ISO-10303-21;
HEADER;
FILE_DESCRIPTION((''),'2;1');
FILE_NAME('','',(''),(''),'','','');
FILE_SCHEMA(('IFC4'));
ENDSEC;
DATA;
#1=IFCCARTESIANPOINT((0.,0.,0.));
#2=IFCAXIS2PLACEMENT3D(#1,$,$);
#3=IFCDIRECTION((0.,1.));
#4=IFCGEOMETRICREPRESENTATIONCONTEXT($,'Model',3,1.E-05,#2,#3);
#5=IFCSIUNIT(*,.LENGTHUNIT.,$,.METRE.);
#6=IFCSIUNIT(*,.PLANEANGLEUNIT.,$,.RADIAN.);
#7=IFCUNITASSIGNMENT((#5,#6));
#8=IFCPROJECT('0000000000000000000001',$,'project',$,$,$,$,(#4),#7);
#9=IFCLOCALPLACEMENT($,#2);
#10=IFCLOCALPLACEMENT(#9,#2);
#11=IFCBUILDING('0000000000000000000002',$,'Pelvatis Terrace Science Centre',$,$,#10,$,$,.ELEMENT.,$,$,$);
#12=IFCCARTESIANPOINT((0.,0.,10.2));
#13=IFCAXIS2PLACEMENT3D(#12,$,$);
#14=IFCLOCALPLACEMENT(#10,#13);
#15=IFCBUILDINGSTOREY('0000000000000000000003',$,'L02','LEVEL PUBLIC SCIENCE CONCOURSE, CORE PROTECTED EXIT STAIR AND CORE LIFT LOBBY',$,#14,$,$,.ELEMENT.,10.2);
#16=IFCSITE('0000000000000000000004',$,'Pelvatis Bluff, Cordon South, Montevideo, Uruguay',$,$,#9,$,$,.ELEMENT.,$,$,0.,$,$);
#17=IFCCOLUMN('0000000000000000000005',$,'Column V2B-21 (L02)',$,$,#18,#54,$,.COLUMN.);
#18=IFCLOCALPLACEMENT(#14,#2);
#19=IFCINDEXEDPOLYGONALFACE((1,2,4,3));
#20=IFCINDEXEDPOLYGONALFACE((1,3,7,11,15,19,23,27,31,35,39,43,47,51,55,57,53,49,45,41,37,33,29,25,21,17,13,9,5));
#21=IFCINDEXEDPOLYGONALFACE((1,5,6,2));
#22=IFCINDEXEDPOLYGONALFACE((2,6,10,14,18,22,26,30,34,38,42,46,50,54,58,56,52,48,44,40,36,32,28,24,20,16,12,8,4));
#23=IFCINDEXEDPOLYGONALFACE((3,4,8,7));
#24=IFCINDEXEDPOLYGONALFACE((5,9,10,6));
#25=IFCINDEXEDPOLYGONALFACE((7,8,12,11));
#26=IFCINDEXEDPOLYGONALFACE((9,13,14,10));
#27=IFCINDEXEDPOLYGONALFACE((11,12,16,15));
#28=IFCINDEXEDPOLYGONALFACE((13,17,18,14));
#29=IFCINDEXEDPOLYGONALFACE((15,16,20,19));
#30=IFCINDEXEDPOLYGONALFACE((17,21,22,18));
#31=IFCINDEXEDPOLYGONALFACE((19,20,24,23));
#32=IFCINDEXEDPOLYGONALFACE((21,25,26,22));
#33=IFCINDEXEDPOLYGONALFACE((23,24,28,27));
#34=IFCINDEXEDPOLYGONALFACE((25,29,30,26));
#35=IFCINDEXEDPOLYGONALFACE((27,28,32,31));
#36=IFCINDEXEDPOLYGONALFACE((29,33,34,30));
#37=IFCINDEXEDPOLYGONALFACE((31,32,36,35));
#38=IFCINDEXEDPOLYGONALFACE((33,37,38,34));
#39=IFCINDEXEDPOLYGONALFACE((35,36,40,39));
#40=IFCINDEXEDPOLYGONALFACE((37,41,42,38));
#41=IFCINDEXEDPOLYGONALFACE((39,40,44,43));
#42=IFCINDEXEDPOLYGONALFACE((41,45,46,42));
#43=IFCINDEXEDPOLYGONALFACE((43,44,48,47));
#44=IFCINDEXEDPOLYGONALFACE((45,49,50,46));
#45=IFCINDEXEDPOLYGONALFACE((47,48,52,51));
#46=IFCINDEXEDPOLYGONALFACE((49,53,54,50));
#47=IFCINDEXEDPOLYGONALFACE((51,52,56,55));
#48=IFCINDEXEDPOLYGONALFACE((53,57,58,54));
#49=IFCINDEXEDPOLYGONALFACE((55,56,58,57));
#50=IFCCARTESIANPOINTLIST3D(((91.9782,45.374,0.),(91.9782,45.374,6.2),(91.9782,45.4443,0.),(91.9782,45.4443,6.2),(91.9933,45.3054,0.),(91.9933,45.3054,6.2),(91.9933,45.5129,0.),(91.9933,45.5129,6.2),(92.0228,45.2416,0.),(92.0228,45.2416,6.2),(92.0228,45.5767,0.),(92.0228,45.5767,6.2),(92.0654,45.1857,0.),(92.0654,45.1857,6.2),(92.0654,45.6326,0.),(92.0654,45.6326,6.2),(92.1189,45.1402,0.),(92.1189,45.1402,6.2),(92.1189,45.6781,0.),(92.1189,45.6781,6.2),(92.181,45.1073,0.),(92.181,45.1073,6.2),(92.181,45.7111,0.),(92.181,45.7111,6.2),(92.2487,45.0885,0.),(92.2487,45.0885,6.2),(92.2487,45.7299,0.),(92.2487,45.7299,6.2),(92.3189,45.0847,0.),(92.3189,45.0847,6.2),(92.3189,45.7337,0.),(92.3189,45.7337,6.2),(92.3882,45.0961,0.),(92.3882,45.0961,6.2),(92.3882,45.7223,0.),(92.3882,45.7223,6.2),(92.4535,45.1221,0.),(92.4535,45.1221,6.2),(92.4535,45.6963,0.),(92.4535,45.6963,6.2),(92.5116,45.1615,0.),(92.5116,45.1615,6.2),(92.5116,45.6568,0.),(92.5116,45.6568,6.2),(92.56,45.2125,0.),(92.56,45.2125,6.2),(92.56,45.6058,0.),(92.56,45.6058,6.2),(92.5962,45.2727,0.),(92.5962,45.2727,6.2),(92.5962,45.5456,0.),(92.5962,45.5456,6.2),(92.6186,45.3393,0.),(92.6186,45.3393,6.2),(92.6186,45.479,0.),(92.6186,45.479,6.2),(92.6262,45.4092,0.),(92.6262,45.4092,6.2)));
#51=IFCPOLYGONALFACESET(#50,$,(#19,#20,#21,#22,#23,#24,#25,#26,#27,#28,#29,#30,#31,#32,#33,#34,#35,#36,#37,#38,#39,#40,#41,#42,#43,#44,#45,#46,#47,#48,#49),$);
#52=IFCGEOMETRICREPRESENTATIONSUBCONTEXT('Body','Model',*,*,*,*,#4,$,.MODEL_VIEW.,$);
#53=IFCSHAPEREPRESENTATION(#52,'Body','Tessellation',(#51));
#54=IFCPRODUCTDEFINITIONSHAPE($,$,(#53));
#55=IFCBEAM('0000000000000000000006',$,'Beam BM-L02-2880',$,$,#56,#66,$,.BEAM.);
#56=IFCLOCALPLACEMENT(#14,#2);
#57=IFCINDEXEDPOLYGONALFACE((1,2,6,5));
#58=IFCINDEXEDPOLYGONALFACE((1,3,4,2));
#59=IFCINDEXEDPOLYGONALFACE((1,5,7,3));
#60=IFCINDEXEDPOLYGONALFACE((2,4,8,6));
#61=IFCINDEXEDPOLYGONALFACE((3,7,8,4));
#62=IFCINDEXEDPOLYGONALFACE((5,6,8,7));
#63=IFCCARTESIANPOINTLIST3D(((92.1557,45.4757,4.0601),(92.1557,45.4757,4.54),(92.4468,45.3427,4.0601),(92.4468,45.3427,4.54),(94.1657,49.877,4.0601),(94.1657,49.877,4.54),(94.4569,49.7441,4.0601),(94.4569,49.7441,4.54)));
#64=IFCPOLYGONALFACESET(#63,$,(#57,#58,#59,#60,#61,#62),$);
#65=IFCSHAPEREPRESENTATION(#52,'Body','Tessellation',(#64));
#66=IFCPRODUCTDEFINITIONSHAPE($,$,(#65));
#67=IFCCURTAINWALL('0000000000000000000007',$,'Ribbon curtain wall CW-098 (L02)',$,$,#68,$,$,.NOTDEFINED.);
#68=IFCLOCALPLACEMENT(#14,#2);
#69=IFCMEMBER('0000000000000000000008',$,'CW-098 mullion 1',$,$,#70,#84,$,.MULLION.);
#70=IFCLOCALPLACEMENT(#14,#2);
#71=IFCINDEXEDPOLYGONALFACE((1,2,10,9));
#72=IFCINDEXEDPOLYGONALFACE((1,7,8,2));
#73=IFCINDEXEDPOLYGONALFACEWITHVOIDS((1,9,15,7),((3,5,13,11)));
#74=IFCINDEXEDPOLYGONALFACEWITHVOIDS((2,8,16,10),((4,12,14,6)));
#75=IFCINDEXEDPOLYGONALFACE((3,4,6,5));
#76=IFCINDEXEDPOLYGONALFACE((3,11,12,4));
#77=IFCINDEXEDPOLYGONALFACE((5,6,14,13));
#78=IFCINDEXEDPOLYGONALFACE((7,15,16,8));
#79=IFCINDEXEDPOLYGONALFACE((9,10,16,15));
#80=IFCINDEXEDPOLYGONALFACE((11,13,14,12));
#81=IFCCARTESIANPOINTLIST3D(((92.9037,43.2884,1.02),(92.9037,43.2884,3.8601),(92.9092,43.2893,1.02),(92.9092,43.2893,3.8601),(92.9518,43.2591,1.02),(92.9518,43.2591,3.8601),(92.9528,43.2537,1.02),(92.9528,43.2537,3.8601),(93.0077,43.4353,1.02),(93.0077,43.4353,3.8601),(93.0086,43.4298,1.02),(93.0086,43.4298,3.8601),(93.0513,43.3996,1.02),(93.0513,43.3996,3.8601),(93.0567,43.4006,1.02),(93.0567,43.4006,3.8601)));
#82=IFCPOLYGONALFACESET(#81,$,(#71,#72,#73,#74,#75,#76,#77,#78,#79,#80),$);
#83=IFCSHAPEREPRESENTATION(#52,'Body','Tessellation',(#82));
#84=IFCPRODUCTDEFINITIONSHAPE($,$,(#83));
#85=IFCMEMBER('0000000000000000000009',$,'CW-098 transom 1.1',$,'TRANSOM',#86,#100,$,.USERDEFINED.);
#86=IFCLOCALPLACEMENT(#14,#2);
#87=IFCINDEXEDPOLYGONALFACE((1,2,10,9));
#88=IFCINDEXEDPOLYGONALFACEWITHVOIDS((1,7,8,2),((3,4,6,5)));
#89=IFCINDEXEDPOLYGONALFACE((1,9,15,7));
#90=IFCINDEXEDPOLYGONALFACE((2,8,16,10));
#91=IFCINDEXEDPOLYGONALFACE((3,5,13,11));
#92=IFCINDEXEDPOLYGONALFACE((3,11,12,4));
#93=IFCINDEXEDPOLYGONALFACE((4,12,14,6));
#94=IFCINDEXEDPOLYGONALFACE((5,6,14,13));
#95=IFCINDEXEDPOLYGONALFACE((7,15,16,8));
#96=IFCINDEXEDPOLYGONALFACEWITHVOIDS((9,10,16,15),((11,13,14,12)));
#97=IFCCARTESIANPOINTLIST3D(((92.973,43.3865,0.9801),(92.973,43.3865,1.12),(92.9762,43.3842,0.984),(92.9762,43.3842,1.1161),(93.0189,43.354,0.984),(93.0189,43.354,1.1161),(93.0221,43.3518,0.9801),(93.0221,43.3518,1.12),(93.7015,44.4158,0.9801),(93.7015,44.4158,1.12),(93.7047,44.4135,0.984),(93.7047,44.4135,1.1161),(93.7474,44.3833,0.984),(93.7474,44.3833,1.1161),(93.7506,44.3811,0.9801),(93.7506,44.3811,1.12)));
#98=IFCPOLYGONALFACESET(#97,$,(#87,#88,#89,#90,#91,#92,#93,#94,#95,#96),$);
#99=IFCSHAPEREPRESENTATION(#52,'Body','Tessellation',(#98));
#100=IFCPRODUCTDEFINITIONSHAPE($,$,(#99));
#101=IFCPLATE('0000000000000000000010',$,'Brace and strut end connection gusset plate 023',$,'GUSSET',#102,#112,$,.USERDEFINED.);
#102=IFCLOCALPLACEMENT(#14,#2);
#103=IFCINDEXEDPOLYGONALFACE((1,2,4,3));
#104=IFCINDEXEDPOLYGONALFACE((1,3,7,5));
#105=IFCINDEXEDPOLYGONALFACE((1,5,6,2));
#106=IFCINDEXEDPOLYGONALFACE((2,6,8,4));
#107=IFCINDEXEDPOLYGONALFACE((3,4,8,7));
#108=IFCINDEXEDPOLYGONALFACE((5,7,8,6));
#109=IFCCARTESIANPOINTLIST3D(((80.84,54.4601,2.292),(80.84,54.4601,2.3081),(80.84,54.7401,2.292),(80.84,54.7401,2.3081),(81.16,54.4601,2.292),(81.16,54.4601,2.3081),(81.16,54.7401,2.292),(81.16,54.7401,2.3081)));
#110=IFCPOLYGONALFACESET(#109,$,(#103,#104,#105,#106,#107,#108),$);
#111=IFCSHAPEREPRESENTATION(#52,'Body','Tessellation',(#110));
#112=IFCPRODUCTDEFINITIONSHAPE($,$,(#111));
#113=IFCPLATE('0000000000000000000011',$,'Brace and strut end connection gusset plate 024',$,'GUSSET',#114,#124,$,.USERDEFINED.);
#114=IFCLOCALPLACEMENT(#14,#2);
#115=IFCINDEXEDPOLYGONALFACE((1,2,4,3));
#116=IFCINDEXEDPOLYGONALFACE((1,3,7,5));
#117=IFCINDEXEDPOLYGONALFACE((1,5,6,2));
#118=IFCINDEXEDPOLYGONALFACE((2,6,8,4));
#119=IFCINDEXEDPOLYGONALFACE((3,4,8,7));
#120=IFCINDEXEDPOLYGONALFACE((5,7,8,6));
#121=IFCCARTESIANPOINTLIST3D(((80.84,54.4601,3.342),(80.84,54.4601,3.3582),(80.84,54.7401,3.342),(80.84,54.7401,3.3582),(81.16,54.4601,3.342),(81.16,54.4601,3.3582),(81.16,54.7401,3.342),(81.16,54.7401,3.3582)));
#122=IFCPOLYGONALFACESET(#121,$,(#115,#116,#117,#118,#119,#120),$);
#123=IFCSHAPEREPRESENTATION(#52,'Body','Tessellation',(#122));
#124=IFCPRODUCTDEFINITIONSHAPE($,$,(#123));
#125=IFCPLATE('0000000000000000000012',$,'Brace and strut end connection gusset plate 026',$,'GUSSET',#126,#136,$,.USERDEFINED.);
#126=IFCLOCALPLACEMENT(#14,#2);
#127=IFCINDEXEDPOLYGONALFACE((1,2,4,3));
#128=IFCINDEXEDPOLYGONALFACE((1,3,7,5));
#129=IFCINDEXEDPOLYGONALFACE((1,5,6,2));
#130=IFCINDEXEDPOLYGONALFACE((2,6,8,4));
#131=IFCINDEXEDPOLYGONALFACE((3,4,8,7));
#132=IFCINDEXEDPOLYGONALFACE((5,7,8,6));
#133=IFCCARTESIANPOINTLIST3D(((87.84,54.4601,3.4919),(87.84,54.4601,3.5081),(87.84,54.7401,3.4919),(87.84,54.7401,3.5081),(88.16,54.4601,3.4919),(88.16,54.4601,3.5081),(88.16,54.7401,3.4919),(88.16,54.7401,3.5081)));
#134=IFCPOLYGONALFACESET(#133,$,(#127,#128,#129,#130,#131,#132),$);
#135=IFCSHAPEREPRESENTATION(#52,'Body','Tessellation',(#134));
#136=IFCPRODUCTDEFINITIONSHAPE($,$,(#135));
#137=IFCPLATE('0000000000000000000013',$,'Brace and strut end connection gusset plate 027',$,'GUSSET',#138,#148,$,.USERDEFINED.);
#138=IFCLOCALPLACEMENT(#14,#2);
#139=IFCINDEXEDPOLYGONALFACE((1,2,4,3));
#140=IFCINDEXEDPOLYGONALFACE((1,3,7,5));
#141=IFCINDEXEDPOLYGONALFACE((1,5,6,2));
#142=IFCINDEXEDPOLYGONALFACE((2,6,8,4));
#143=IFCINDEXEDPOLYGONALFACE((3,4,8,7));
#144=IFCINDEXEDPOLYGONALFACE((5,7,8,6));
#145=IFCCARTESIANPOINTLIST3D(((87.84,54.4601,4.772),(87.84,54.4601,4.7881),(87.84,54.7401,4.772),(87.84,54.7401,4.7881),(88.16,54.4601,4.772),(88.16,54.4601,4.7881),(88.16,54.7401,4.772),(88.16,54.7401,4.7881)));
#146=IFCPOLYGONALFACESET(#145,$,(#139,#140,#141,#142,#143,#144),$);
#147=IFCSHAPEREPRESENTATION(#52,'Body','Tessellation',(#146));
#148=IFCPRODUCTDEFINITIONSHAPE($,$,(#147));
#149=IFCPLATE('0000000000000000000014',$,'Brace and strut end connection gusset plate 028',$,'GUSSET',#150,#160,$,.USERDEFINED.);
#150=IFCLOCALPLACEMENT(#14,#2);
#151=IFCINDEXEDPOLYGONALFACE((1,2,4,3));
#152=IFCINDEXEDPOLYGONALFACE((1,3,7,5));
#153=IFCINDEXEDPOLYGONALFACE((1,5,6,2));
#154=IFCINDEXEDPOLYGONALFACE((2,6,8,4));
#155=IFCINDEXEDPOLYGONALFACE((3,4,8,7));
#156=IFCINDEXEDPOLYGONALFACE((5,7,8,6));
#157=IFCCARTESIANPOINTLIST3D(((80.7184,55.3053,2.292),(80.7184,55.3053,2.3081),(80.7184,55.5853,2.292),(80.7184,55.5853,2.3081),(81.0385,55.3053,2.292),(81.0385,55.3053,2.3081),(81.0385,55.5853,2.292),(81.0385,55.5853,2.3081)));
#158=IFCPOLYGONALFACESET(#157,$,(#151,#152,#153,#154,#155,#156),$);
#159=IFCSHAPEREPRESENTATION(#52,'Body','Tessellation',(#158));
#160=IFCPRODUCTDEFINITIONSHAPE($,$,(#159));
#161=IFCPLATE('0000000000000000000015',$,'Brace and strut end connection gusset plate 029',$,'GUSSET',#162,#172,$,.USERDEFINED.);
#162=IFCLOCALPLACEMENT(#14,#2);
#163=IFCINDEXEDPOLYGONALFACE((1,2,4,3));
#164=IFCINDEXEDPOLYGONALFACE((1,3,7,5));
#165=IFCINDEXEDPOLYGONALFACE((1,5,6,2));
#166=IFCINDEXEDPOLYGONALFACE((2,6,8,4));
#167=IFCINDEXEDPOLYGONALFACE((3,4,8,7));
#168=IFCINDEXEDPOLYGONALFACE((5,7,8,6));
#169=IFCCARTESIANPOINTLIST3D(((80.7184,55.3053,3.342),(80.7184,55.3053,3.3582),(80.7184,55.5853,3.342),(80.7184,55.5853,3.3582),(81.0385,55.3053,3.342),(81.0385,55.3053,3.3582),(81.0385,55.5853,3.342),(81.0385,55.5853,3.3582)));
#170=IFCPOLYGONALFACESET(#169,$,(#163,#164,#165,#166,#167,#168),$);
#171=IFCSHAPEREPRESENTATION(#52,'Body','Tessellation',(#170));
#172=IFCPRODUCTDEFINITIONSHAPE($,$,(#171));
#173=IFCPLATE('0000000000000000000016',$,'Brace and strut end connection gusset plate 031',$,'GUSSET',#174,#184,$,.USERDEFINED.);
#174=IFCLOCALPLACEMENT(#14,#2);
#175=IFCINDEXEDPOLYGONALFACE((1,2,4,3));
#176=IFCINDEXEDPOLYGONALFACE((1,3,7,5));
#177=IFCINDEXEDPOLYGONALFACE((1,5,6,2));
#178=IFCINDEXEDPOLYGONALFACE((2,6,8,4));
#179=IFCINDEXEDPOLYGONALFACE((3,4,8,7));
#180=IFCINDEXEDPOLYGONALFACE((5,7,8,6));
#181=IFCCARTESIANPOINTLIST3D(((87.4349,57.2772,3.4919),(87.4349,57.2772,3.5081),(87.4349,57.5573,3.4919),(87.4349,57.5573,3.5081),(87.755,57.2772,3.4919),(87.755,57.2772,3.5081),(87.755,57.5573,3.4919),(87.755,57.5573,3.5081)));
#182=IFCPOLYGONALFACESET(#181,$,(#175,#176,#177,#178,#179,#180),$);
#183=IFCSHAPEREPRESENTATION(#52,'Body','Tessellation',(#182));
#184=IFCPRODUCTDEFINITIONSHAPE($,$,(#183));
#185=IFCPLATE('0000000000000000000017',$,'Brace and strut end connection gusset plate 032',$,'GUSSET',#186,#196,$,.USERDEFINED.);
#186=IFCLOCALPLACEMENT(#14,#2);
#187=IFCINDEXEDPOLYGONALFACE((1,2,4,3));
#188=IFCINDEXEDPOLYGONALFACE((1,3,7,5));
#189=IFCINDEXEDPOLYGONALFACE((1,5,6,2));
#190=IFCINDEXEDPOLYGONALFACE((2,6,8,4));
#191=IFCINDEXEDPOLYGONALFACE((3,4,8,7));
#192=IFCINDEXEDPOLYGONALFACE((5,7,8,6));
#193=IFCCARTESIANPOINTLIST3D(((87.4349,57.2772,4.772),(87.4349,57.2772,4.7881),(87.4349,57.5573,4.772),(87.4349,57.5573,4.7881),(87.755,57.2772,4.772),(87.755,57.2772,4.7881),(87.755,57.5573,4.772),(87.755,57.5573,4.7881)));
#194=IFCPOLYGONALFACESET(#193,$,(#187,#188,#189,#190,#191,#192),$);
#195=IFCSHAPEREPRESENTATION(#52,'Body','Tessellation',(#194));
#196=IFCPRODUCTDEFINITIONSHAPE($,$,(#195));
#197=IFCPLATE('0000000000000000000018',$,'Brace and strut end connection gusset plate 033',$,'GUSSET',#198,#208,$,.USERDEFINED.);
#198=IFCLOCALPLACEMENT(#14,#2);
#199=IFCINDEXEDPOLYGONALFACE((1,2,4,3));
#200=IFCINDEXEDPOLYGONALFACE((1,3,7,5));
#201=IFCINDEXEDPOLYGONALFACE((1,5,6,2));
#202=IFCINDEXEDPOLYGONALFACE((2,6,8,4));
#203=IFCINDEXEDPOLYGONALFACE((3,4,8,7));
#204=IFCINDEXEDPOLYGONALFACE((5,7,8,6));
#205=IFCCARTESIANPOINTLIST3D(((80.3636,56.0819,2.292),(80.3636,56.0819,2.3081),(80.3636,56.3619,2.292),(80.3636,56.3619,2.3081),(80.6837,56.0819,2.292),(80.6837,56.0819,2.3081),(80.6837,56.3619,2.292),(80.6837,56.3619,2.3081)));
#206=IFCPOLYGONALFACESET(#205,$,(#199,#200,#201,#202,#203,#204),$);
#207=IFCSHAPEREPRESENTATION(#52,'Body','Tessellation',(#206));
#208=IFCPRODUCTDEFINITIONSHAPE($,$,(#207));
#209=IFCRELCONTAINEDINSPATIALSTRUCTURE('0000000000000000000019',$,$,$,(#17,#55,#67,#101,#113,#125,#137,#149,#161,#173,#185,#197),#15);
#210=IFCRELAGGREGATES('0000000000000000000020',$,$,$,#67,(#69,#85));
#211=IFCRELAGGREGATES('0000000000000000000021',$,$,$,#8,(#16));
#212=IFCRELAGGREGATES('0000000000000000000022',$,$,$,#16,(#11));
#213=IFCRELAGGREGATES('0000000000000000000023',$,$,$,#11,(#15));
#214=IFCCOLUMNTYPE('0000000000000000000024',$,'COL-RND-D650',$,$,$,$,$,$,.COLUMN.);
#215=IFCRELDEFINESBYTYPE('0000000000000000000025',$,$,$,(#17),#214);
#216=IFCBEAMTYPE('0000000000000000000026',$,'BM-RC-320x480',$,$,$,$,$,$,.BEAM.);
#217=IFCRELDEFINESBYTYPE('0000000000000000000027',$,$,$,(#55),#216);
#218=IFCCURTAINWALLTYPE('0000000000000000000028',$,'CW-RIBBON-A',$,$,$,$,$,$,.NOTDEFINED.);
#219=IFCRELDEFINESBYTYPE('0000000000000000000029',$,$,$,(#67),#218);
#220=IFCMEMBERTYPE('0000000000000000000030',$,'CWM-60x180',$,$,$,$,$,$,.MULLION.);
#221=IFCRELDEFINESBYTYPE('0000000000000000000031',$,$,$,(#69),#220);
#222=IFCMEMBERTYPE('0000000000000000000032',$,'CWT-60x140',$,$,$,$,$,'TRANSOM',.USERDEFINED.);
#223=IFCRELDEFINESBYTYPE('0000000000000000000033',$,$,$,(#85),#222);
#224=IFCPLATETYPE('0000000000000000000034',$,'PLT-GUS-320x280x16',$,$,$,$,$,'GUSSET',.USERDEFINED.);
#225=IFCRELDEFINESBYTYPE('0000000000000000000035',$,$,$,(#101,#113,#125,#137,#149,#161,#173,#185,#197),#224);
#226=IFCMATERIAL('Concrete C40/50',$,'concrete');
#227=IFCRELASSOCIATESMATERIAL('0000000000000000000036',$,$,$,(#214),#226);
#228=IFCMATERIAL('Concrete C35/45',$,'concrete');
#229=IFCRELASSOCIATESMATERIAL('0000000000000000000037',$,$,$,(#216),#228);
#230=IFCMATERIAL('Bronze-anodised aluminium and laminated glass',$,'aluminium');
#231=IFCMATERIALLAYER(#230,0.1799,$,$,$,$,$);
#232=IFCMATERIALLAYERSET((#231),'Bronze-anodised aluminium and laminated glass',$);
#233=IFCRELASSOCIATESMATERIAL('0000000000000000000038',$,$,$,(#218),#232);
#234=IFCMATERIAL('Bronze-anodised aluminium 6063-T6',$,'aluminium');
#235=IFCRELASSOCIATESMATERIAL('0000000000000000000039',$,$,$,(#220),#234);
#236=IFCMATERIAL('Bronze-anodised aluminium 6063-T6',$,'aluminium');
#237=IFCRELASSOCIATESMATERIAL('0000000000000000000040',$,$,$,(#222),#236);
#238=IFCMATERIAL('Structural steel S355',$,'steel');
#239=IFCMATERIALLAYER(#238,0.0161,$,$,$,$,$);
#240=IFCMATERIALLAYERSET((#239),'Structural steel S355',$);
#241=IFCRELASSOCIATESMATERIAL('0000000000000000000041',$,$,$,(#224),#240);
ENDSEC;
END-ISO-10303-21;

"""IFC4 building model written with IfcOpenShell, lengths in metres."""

from ifc_helpers import new_model, si_unit, direction, frame, origin, origin_2d, place, context, subcontext, project, spatial, rectangle, hollow_rectangle, circle, extrude, material, layer, layer_set, material_profile, profile_set, type_object, element, aggregate, save


model = new_model("IFC4")

# Units and contexts
model_context = context("Model", 3, precision=1e-05, world=origin(), true_north=direction((0.0, 1.0)))
body_context = subcontext(model_context, "Body", "Model", "MODEL_VIEW")
ifc_project = project(units=[si_unit("LENGTHUNIT", "METRE"), si_unit("PLANEANGLEUNIT", "RADIAN")], contexts=[model_context])

# Site, building, storey
site_placement = place(None, origin())
site = spatial("IfcSite", under=ifc_project, at=site_placement, Name="Pelvatis Bluff, Cordon South, Montevideo, Uruguay", CompositionType="ELEMENT", RefElevation=0.0)
building_placement = place(site_placement, origin())
building = spatial("IfcBuilding", under=site, at=building_placement, Name="Pelvatis Terrace Science Centre", CompositionType="ELEMENT")
storey_placement = place(building_placement, frame((0.0, 0.0, 10.2)))
storey = spatial("IfcBuildingStorey", under=building, at=storey_placement, Name="L02", Description="LEVEL PUBLIC SCIENCE CONCOURSE, CORE PROTECTED EXIT STAIR AND CORE LIFT LOBBY", CompositionType="ELEMENT", Elevation=10.2)

# Column
ifc_material_1 = material(Name="Concrete C40/50", Category="concrete")
ifc_material_profile_1 = material_profile(ifc_material_1, circle(Radius=0.325, at=origin_2d()), Name="RC-RCOL D650")
ifc_profile_set_1 = profile_set([ifc_material_profile_1], Name="Concrete C40/50")
column_type = type_object("IfcColumnType", Name="COL-RND-D650", PredefinedType="COLUMN", material=ifc_profile_set_1)
column_placement = place(storey_placement, frame((92.3013, 45.4092, 0.0), z_axis=(0.0, 0.0, 1.0), x_axis=(1.0, 0.0, 0.0)))
element("IfcColumn", 1, at=column_placement, inside=storey, type_object=column_type, Name="Column V2B-21 (L02)", PredefinedType="COLUMN", context=body_context, shape_type="SweptSolid", body=[
    extrude(circle(Radius=0.325, at=origin_2d()), origin(), (0.0, 0.0, 1.0), 6.2),
])

# Beam
ifc_material_2 = material(Name="Concrete C35/45", Category="concrete")
ifc_material_profile_2 = material_profile(ifc_material_2, rectangle(XDim=0.3201, YDim=0.48, at=origin_2d()), Name="RC-BM 320x480")
ifc_profile_set_2 = profile_set([ifc_material_profile_2], Name="Concrete C35/45")
beam_type = type_object("IfcBeamType", Name="BM-RC-320x480", PredefinedType="BEAM", material=ifc_profile_set_2)
beam_placement = place(storey_placement, frame((92.3013, 45.4092, 4.3), z_axis=(0.41541, 0.909634, 0.0), x_axis=(-0.909634, 0.41541, 0.0)))
element("IfcBeam", 2, at=beam_placement, inside=storey, type_object=beam_type, Name="Beam BM-L02-2880", PredefinedType="BEAM", context=body_context, shape_type="SweptSolid", body=[
    extrude(rectangle(XDim=0.3201, YDim=0.48, at=origin_2d()), origin(), (0.0, 0.0, 1.0), 4.8386),
])

# Curtain wall, members
ifc_material_3 = material(Name="Bronze-anodised aluminium and laminated glass", Category="aluminium")
ifc_layer_1 = layer(ifc_material_3, 0.1799)
ifc_layer_set_1 = layer_set([ifc_layer_1], Name="Bronze-anodised aluminium and laminated glass")
curtain_wall_type = type_object("IfcCurtainWallType", Name="CW-RIBBON-A", PredefinedType="NOTDEFINED", material=ifc_layer_set_1)
curtain_wall_placement = place(storey_placement, origin())
curtain_wall = element("IfcCurtainWall", 3, at=curtain_wall_placement, inside=storey, type_object=curtain_wall_type, Name="Ribbon curtain wall CW-098 (L02)", PredefinedType="NOTDEFINED")
ifc_material_4 = material(Name="Bronze-anodised aluminium 6063-T6", Category="aluminium")
ifc_material_profile_3 = material_profile(ifc_material_4, hollow_rectangle(XDim=0.0601, YDim=0.1799, WallThickness=0.0039, at=origin_2d()), Name="ALU-MUL 60x180")
ifc_profile_set_3 = profile_set([ifc_material_profile_3], Name="Bronze-anodised aluminium 6063-T6")
member_type_1 = type_object("IfcMemberType", Name="CWM-60x180", PredefinedType="MULLION", material=ifc_profile_set_3)
member_1_placement = place(storey_placement, frame((92.9802, 43.3445, 1.02), z_axis=(0.0, 0.0, 1.0), x_axis=(-0.816326, 0.577591, 0.0)))
member_1 = element("IfcMember", 4, at=member_1_placement, type_object=member_type_1, Name="CW-098 mullion 1", PredefinedType="MULLION", context=body_context, shape_type="SweptSolid", body=[
    extrude(hollow_rectangle(XDim=0.0601, YDim=0.1799, WallThickness=0.0039, at=origin_2d()), origin(), (0.0, 0.0, 1.0), 2.8401),
])
ifc_material_5 = material(Name="Bronze-anodised aluminium 6063-T6", Category="aluminium")
ifc_material_profile_4 = material_profile(ifc_material_5, hollow_rectangle(XDim=0.0601, YDim=0.1399, WallThickness=0.0039, at=origin_2d()), Name="ALU-TRN 60x140")
ifc_profile_set_4 = profile_set([ifc_material_profile_4], Name="Bronze-anodised aluminium 6063-T6")
member_type_2 = type_object("IfcMemberType", Name="CWT-60x140", ElementType="TRANSOM", PredefinedType="USERDEFINED", material=ifc_profile_set_4)
member_2_placement = place(storey_placement, frame((92.9976, 43.3691, 1.05), z_axis=(0.577716, 0.816238, 0.0), x_axis=(-0.816238, 0.577716, 0.0)))
member_2 = element("IfcMember", 5, at=member_2_placement, type_object=member_type_2, Name="CW-098 transom 1.1", ObjectType="TRANSOM", PredefinedType="USERDEFINED", context=body_context, shape_type="SweptSolid", body=[
    extrude(hollow_rectangle(XDim=0.0601, YDim=0.1399, WallThickness=0.0039, at=origin_2d()), origin(), (0.0, 0.0, 1.0), 1.261),
])
aggregate(curtain_wall, [member_1, member_2])

# Plates
ifc_material_6 = material(Name="Structural steel S355", Category="steel")
ifc_layer_2 = layer(ifc_material_6, 0.0161)
ifc_layer_set_2 = layer_set([ifc_layer_2], Name="Structural steel S355")
plate_type = type_object("IfcPlateType", Name="PLT-GUS-320x280x16", ElementType="GUSSET", PredefinedType="USERDEFINED", material=ifc_layer_set_2)
for number, where, z_axis, x_axis, name in (
    (6, (81.0, 54.6001, 2.292), (0.0, 0.0, 1.0), (1.0, 0.0, 0.0), "Brace and strut end connection gusset plate 023"),
    (7, (81.0, 54.6001, 3.342), (0.0, 0.0, 1.0), (1.0, 0.0, 0.0), "Brace and strut end connection gusset plate 024"),
    (8, (88.0, 54.6001, 3.4919), (0.0, 0.0, 1.0), (1.0, 0.0, 0.0), "Brace and strut end connection gusset plate 026"),
    (9, (88.0, 54.6001, 4.772), (0.0, 0.0, 1.0), (1.0, 0.0, 0.0), "Brace and strut end connection gusset plate 027"),
    (10, (80.8784, 55.4453, 2.292), (0.0, 0.0, 1.0), (1.0, 0.0, 0.0), "Brace and strut end connection gusset plate 028"),
    (11, (80.8784, 55.4453, 3.342), (0.0, 0.0, 1.0), (1.0, 0.0, 0.0), "Brace and strut end connection gusset plate 029"),
    (12, (87.595, 57.4172, 3.4919), (0.0, 0.0, 1.0), (1.0, 0.0, 0.0), "Brace and strut end connection gusset plate 031"),
    (13, (87.595, 57.4172, 4.772), (0.0, 0.0, 1.0), (1.0, 0.0, 0.0), "Brace and strut end connection gusset plate 032"),
    (14, (80.5237, 56.2219, 2.292), (0.0, 0.0, 1.0), (1.0, 0.0, 0.0), "Brace and strut end connection gusset plate 033"),
):
    element("IfcPlate", number, at=place(storey_placement, frame(where, z_axis=z_axis, x_axis=x_axis)), inside=storey, type_object=plate_type, Name=name, ObjectType="GUSSET", PredefinedType="USERDEFINED", context=body_context, shape_type="SweptSolid", body=[
        extrude(rectangle(XDim=0.3201, YDim=0.28, at=origin_2d()), origin(), (0.0, 0.0, 1.0), 0.0161),
    ])

save(model, "model.ifc")
